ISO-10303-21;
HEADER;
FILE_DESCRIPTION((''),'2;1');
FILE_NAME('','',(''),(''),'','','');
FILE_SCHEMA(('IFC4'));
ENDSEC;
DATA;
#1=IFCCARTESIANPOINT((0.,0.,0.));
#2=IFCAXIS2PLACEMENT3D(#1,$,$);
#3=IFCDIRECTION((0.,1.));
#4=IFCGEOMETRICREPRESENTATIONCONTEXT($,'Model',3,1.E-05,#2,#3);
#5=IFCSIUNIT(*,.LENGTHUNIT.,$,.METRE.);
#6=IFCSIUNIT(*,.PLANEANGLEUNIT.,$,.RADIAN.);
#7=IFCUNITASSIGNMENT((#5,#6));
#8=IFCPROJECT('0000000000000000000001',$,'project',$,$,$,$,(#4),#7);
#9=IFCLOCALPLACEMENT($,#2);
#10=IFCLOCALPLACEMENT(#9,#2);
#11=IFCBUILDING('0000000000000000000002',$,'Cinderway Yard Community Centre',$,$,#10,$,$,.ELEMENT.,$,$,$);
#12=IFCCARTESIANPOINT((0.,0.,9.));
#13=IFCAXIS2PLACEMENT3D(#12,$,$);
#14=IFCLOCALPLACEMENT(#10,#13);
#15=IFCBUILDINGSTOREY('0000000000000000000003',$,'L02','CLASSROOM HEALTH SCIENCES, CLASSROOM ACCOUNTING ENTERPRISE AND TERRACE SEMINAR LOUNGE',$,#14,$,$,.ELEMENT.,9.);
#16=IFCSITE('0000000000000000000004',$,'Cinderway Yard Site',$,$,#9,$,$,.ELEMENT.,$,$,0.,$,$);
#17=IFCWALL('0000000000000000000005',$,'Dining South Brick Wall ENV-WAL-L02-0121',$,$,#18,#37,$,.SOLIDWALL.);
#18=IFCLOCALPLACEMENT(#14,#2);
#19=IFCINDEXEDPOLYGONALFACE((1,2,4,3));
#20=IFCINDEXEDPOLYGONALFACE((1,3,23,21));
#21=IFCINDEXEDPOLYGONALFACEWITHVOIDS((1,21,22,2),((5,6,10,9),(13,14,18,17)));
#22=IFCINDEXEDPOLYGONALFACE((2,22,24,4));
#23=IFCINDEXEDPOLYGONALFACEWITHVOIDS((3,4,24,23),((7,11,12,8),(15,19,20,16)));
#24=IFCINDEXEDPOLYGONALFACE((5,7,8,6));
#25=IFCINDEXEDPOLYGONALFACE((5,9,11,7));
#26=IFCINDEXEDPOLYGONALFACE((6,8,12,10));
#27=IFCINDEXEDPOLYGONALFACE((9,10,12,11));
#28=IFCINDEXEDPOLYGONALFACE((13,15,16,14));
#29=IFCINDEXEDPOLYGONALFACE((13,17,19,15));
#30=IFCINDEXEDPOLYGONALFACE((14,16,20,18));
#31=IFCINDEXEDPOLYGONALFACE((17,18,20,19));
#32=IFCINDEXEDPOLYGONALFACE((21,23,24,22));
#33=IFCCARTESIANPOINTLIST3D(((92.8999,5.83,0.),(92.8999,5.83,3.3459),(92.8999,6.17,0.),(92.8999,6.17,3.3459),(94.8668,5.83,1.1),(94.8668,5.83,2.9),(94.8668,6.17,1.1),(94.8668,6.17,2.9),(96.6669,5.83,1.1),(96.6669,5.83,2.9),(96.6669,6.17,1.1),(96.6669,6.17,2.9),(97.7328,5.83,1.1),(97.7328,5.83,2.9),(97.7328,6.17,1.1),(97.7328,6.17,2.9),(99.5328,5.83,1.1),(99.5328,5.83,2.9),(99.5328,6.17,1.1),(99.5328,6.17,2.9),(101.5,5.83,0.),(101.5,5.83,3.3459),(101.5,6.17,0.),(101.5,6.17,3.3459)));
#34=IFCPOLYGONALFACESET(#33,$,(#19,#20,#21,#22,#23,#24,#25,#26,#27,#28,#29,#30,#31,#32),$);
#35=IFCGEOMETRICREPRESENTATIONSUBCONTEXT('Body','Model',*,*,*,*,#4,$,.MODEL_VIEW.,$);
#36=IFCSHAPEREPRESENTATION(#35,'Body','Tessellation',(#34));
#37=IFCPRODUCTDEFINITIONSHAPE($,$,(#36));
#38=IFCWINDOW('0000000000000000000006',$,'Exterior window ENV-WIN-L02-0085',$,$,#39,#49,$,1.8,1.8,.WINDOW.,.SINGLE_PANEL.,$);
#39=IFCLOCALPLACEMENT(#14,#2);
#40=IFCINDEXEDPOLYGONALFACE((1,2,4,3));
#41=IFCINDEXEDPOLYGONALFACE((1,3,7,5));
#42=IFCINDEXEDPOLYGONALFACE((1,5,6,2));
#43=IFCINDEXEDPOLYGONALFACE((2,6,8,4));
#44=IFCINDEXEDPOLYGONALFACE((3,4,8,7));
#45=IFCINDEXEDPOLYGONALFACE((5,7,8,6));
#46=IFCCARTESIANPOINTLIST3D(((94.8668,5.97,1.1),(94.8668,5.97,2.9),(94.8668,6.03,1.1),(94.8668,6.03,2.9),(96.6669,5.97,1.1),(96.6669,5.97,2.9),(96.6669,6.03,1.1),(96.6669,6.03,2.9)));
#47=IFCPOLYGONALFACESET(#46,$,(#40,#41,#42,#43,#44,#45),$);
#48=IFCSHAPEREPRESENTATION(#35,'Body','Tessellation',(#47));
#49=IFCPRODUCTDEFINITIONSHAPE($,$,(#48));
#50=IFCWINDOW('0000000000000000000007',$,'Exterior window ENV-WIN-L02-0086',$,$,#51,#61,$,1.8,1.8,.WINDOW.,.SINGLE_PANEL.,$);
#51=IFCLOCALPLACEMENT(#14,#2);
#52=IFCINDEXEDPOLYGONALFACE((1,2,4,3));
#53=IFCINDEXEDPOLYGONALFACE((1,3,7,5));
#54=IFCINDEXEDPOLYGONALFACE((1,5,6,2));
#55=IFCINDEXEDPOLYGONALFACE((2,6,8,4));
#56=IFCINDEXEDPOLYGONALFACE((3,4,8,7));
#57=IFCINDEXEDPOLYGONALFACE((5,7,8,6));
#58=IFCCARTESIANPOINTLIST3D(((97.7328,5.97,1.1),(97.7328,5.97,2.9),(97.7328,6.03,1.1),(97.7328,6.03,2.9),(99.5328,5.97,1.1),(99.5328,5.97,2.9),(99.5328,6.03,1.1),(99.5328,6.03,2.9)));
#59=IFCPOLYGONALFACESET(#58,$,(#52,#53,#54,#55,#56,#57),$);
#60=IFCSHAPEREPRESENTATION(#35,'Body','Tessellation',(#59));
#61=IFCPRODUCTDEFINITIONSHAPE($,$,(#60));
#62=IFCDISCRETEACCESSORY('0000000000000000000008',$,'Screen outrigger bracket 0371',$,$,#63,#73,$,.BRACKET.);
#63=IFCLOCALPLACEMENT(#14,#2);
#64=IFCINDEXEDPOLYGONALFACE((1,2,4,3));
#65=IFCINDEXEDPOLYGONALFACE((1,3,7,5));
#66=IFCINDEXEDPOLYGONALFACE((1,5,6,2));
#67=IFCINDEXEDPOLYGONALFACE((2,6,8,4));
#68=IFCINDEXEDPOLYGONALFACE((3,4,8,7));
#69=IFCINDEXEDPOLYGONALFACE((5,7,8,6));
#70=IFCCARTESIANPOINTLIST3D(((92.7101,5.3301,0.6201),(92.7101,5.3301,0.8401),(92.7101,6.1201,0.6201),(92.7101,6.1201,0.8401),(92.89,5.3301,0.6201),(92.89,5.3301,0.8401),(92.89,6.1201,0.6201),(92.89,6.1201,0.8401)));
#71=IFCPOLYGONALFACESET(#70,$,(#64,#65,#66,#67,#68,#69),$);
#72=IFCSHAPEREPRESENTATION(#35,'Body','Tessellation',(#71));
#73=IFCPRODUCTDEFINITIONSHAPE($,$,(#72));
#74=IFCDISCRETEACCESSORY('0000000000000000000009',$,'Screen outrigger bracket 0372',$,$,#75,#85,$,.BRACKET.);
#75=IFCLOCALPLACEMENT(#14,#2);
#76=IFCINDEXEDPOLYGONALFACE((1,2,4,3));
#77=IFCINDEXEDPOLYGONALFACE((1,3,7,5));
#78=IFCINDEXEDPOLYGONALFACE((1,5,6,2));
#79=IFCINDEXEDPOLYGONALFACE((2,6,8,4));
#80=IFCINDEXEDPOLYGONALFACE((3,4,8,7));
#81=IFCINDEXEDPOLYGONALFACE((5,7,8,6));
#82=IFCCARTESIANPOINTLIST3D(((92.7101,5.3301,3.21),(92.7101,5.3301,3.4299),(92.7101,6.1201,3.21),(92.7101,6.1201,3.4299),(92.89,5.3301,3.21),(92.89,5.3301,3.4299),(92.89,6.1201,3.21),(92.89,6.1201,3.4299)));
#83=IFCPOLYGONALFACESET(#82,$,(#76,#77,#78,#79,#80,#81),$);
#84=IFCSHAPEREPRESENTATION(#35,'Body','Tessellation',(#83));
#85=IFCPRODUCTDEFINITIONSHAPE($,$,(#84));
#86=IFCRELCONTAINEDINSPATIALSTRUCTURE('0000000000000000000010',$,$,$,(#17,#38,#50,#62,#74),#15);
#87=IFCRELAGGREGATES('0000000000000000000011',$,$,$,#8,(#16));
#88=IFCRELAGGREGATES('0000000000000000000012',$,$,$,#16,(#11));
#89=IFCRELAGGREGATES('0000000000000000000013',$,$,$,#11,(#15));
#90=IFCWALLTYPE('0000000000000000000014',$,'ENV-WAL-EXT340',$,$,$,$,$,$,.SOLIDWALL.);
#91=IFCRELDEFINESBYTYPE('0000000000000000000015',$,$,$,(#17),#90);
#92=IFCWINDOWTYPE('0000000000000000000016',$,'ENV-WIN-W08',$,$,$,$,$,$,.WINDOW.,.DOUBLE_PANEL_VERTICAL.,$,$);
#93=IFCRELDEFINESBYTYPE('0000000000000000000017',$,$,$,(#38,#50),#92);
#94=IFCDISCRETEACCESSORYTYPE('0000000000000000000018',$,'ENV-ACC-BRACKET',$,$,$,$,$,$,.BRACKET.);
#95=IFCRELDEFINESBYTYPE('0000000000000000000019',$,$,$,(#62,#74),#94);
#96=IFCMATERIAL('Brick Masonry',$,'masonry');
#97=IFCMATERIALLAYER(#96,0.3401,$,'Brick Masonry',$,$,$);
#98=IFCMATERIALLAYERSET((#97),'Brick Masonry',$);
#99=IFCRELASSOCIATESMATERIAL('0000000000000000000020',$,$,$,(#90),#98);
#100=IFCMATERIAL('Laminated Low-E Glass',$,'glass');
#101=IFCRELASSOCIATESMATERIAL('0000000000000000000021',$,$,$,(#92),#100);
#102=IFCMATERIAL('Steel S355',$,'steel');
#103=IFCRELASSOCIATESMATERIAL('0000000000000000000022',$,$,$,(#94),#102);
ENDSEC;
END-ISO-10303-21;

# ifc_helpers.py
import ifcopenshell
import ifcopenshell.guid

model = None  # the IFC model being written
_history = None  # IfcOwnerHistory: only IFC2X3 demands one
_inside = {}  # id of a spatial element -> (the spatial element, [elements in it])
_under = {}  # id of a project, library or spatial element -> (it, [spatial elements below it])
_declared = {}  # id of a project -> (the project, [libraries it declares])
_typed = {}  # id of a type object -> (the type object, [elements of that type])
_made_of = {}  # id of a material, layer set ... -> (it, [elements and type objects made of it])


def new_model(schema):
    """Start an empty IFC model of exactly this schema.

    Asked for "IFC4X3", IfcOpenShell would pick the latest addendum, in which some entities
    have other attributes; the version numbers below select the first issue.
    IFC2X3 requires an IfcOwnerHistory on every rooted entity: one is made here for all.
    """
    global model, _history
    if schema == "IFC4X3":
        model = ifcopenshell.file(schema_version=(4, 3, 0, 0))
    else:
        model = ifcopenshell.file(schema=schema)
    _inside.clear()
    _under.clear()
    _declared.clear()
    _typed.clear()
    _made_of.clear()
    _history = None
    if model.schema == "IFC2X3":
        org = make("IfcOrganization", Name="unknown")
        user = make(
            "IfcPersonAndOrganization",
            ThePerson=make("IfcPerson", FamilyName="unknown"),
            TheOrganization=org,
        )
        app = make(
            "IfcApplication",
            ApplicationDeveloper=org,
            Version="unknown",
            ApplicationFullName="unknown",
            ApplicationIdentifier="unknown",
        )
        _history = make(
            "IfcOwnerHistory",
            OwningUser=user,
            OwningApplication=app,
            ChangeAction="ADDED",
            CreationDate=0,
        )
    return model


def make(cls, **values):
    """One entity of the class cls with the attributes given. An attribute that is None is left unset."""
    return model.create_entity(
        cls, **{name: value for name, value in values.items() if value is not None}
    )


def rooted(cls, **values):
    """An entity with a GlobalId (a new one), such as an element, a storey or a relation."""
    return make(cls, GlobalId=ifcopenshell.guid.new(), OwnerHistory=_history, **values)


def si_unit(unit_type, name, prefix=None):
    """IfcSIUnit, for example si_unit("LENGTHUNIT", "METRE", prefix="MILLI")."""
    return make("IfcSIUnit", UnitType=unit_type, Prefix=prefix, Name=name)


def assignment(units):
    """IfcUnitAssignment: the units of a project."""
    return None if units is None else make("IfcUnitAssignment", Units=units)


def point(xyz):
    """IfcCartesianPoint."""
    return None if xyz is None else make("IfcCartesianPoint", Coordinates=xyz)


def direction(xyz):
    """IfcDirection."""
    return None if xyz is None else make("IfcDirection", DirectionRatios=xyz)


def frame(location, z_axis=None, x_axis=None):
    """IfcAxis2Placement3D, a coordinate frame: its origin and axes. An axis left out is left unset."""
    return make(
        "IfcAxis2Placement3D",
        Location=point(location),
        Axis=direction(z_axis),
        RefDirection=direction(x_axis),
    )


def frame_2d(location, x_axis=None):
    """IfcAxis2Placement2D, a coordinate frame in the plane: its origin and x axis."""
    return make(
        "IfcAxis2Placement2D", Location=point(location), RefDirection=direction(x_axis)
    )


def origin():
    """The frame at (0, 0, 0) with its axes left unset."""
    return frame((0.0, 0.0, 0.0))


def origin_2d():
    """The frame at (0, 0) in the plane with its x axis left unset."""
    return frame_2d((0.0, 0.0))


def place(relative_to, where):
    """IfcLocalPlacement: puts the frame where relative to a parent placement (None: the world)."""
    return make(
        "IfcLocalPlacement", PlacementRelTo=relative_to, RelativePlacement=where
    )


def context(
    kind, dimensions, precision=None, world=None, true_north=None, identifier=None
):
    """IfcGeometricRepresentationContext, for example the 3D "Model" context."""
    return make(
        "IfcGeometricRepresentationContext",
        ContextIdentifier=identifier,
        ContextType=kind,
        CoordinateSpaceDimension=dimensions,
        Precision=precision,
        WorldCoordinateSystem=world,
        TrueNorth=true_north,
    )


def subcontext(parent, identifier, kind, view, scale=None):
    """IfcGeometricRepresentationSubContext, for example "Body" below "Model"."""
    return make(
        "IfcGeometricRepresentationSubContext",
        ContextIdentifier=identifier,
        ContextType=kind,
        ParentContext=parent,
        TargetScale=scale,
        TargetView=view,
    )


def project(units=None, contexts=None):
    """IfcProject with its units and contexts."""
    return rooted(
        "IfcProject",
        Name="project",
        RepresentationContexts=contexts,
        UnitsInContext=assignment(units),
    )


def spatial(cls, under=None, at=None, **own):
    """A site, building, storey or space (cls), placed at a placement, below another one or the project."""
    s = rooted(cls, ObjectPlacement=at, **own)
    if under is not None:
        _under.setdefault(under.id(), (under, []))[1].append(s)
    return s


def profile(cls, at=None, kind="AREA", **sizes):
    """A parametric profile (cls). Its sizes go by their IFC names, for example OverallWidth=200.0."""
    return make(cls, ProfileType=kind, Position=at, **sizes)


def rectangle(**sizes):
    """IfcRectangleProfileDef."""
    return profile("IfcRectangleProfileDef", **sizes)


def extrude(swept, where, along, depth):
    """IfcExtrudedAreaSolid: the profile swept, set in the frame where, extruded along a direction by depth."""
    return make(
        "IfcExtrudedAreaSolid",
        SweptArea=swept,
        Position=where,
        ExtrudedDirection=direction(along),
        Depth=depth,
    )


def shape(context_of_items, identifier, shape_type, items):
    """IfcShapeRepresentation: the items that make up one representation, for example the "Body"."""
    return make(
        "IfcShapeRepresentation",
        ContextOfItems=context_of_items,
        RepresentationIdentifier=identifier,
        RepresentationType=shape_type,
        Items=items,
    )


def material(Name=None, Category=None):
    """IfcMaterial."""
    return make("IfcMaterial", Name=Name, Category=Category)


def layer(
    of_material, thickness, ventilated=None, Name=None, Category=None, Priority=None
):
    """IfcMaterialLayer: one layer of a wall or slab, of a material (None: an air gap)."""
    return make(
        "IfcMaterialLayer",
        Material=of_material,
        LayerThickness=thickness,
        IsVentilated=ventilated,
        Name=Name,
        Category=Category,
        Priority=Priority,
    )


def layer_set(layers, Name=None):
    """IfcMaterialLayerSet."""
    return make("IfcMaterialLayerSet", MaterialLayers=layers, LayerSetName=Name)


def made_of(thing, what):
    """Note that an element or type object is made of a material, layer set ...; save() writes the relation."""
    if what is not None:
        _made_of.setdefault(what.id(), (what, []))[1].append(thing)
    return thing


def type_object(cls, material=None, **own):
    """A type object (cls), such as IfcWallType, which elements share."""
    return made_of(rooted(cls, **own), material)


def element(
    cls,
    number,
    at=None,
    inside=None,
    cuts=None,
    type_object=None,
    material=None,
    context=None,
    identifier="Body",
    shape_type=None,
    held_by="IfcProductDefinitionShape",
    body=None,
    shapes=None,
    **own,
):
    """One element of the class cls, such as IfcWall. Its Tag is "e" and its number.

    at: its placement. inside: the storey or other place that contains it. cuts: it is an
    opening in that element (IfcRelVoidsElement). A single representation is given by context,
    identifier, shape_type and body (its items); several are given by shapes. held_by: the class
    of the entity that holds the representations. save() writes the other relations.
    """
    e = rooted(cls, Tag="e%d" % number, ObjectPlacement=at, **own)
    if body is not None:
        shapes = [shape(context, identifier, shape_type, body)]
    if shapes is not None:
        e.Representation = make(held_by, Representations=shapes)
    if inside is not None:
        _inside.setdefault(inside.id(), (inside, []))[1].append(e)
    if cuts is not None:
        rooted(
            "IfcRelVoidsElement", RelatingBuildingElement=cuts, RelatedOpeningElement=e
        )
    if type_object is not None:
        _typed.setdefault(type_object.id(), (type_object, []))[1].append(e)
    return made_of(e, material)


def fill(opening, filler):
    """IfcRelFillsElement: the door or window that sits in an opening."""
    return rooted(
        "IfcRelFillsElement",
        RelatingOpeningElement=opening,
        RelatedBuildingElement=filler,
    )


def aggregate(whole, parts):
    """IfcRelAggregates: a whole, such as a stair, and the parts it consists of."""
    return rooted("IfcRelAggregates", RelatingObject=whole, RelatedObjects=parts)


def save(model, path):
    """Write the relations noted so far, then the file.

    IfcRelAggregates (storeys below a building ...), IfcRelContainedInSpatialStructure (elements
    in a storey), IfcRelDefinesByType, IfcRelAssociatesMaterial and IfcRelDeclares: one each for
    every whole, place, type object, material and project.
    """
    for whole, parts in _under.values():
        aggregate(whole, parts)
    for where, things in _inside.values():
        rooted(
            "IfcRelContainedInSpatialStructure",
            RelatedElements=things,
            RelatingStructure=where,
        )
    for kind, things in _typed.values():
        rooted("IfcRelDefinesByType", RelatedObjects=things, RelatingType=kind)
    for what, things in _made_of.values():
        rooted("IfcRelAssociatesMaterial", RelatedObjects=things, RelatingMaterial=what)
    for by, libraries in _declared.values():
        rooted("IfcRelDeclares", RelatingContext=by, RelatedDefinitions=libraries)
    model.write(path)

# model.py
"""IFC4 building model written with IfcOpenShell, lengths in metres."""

from ifc_helpers import new_model, si_unit, direction, frame, frame_2d, origin, origin_2d, place, context, subcontext, project, spatial, rectangle, extrude, material, layer, layer_set, type_object, element, fill, save


model = new_model("IFC4")

# Units and contexts
model_context = context("Model", 3, precision=1e-05, world=origin(), true_north=direction((0.0, 1.0)))
body_context = subcontext(model_context, "Body", "Model", "MODEL_VIEW")
ifc_project = project(units=[si_unit("LENGTHUNIT", "METRE"), si_unit("PLANEANGLEUNIT", "RADIAN")], contexts=[model_context])

# Site, building, storey
site_placement = place(None, origin())
site = spatial("IfcSite", under=ifc_project, at=site_placement, Name="Cinderway Yard Site", CompositionType="ELEMENT", RefElevation=0.0)
building_placement = place(site_placement, origin())
building = spatial("IfcBuilding", under=site, at=building_placement, Name="Cinderway Yard Community Centre", CompositionType="ELEMENT")
storey_placement = place(building_placement, frame((0.0, 0.0, 9.0)))
storey = spatial("IfcBuildingStorey", under=building, at=storey_placement, Name="L02", Description="CLASSROOM HEALTH SCIENCES, CLASSROOM ACCOUNTING ENTERPRISE AND TERRACE SEMINAR LOUNGE", CompositionType="ELEMENT", Elevation=9.0)

# Shared definitions
ifc_material_1 = material(Name="Steel S355", Category="steel")

# Wall, openings, windows
ifc_material_2 = material(Name="Brick Masonry", Category="masonry")
ifc_layer = layer(ifc_material_2, 0.3401, Name="Brick Masonry")
ifc_layer_set = layer_set([ifc_layer], Name="Brick Masonry")
wall_type = type_object("IfcWallType", Name="ENV-WAL-EXT340", PredefinedType="SOLIDWALL", material=ifc_layer_set)
ifc_material_3 = material(Name="Laminated Low-E Glass", Category="glass")
wall_1_placement = place(storey_placement, frame((92.8999, 6.0, 0.0), z_axis=(0.0, 0.0, 1.0), x_axis=(1.0, 0.0, 0.0)))
wall_1 = element("IfcWall", 1, at=wall_1_placement, inside=storey, type_object=wall_type, Name="Dining South Brick Wall ENV-WAL-L02-0121", PredefinedType="SOLIDWALL", context=body_context, shape_type="SweptSolid", body=[
    extrude(rectangle(XDim=8.6001, YDim=0.3401, at=frame_2d((4.3, 0.0))), origin(), (0.0, 0.0, 1.0), 3.3459),
])
opening_1_placement = place(wall_1_placement, frame((1.967, 0.0, 1.1001)))
opening_1 = element("IfcOpeningElement", 2, at=opening_1_placement, cuts=wall_1, PredefinedType="OPENING", context=body_context, shape_type="SweptSolid", body=[
    extrude(rectangle(XDim=1.8, YDim=1.8, at=frame_2d((0.8999, 0.8999))), frame((0.0, 0.1799, 0.0), z_axis=(0.0, -1.0, 0.0), x_axis=(1.0, 0.0, 0.0)), (0.0, 0.0, 1.0), 0.3601),
])
opening_2_placement = place(wall_1_placement, frame((4.833, 0.0, 1.1001)))
opening_2 = element("IfcOpeningElement", 3, at=opening_2_placement, cuts=wall_1, PredefinedType="OPENING", context=body_context, shape_type="SweptSolid", body=[
    extrude(rectangle(XDim=1.8, YDim=1.8, at=frame_2d((0.8999, 0.8999))), frame((0.0, 0.1799, 0.0), z_axis=(0.0, -1.0, 0.0), x_axis=(1.0, 0.0, 0.0)), (0.0, 0.0, 1.0), 0.3601),
])
window_type_1 = type_object("IfcWindowType", Name="ENV-WIN-W08", PartitioningType="DOUBLE_PANEL_VERTICAL", PredefinedType="WINDOW", material=ifc_material_3)
window_1_placement = place(opening_1_placement, origin())
window_1 = element("IfcWindow", 4, at=window_1_placement, inside=storey, type_object=window_type_1, Name="Exterior window ENV-WIN-L02-0085", OverallHeight=1.8, OverallWidth=1.8, PartitioningType="SINGLE_PANEL", PredefinedType="WINDOW", context=body_context, shape_type="SweptSolid", body=[
    extrude(rectangle(XDim=1.8, YDim=1.8, at=frame_2d((0.8999, 0.8999))), frame((0.0, 0.03, 0.0), z_axis=(0.0, -1.0, 0.0), x_axis=(1.0, 0.0, 0.0)), (0.0, 0.0, 1.0), 0.0601),
])
fill(opening_1, window_1)
window_2_placement = place(opening_2_placement, origin())
window_2 = element("IfcWindow", 5, at=window_2_placement, inside=storey, type_object=window_type_1, Name="Exterior window ENV-WIN-L02-0086", OverallHeight=1.8, OverallWidth=1.8, PartitioningType="SINGLE_PANEL", PredefinedType="WINDOW", context=body_context, shape_type="SweptSolid", body=[
    extrude(rectangle(XDim=1.8, YDim=1.8, at=frame_2d((0.8999, 0.8999))), frame((0.0, 0.03, 0.0), z_axis=(0.0, -1.0, 0.0), x_axis=(1.0, 0.0, 0.0)), (0.0, 0.0, 1.0), 0.0601),
])
fill(opening_2, window_2)

# Discrete accessories
discrete_accessory_type = type_object("IfcDiscreteAccessoryType", Name="ENV-ACC-BRACKET", PredefinedType="BRACKET", material=ifc_material_1)
for number, where, z_axis, x_axis, name in (
    (6, (92.8, 5.7251, 0.6201), (0.0, 0.0, 1.0), (0.0, -1.0, 0.0), "Screen outrigger bracket 0371"),
    (7, (92.8, 5.7251, 3.21), (0.0, 0.0, 1.0), (0.0, -1.0, 0.0), "Screen outrigger bracket 0372"),
):
    element("IfcDiscreteAccessory", number, at=place(storey_placement, frame(where, z_axis=z_axis, x_axis=x_axis)), inside=storey, type_object=discrete_accessory_type, Name=name, PredefinedType="BRACKET", context=body_context, shape_type="SweptSolid", body=[
        extrude(rectangle(XDim=0.79, YDim=0.1799, at=origin_2d()), origin(), (0.0, 0.0, 1.0), 0.22),
    ])

save(model, "model.ifc")
